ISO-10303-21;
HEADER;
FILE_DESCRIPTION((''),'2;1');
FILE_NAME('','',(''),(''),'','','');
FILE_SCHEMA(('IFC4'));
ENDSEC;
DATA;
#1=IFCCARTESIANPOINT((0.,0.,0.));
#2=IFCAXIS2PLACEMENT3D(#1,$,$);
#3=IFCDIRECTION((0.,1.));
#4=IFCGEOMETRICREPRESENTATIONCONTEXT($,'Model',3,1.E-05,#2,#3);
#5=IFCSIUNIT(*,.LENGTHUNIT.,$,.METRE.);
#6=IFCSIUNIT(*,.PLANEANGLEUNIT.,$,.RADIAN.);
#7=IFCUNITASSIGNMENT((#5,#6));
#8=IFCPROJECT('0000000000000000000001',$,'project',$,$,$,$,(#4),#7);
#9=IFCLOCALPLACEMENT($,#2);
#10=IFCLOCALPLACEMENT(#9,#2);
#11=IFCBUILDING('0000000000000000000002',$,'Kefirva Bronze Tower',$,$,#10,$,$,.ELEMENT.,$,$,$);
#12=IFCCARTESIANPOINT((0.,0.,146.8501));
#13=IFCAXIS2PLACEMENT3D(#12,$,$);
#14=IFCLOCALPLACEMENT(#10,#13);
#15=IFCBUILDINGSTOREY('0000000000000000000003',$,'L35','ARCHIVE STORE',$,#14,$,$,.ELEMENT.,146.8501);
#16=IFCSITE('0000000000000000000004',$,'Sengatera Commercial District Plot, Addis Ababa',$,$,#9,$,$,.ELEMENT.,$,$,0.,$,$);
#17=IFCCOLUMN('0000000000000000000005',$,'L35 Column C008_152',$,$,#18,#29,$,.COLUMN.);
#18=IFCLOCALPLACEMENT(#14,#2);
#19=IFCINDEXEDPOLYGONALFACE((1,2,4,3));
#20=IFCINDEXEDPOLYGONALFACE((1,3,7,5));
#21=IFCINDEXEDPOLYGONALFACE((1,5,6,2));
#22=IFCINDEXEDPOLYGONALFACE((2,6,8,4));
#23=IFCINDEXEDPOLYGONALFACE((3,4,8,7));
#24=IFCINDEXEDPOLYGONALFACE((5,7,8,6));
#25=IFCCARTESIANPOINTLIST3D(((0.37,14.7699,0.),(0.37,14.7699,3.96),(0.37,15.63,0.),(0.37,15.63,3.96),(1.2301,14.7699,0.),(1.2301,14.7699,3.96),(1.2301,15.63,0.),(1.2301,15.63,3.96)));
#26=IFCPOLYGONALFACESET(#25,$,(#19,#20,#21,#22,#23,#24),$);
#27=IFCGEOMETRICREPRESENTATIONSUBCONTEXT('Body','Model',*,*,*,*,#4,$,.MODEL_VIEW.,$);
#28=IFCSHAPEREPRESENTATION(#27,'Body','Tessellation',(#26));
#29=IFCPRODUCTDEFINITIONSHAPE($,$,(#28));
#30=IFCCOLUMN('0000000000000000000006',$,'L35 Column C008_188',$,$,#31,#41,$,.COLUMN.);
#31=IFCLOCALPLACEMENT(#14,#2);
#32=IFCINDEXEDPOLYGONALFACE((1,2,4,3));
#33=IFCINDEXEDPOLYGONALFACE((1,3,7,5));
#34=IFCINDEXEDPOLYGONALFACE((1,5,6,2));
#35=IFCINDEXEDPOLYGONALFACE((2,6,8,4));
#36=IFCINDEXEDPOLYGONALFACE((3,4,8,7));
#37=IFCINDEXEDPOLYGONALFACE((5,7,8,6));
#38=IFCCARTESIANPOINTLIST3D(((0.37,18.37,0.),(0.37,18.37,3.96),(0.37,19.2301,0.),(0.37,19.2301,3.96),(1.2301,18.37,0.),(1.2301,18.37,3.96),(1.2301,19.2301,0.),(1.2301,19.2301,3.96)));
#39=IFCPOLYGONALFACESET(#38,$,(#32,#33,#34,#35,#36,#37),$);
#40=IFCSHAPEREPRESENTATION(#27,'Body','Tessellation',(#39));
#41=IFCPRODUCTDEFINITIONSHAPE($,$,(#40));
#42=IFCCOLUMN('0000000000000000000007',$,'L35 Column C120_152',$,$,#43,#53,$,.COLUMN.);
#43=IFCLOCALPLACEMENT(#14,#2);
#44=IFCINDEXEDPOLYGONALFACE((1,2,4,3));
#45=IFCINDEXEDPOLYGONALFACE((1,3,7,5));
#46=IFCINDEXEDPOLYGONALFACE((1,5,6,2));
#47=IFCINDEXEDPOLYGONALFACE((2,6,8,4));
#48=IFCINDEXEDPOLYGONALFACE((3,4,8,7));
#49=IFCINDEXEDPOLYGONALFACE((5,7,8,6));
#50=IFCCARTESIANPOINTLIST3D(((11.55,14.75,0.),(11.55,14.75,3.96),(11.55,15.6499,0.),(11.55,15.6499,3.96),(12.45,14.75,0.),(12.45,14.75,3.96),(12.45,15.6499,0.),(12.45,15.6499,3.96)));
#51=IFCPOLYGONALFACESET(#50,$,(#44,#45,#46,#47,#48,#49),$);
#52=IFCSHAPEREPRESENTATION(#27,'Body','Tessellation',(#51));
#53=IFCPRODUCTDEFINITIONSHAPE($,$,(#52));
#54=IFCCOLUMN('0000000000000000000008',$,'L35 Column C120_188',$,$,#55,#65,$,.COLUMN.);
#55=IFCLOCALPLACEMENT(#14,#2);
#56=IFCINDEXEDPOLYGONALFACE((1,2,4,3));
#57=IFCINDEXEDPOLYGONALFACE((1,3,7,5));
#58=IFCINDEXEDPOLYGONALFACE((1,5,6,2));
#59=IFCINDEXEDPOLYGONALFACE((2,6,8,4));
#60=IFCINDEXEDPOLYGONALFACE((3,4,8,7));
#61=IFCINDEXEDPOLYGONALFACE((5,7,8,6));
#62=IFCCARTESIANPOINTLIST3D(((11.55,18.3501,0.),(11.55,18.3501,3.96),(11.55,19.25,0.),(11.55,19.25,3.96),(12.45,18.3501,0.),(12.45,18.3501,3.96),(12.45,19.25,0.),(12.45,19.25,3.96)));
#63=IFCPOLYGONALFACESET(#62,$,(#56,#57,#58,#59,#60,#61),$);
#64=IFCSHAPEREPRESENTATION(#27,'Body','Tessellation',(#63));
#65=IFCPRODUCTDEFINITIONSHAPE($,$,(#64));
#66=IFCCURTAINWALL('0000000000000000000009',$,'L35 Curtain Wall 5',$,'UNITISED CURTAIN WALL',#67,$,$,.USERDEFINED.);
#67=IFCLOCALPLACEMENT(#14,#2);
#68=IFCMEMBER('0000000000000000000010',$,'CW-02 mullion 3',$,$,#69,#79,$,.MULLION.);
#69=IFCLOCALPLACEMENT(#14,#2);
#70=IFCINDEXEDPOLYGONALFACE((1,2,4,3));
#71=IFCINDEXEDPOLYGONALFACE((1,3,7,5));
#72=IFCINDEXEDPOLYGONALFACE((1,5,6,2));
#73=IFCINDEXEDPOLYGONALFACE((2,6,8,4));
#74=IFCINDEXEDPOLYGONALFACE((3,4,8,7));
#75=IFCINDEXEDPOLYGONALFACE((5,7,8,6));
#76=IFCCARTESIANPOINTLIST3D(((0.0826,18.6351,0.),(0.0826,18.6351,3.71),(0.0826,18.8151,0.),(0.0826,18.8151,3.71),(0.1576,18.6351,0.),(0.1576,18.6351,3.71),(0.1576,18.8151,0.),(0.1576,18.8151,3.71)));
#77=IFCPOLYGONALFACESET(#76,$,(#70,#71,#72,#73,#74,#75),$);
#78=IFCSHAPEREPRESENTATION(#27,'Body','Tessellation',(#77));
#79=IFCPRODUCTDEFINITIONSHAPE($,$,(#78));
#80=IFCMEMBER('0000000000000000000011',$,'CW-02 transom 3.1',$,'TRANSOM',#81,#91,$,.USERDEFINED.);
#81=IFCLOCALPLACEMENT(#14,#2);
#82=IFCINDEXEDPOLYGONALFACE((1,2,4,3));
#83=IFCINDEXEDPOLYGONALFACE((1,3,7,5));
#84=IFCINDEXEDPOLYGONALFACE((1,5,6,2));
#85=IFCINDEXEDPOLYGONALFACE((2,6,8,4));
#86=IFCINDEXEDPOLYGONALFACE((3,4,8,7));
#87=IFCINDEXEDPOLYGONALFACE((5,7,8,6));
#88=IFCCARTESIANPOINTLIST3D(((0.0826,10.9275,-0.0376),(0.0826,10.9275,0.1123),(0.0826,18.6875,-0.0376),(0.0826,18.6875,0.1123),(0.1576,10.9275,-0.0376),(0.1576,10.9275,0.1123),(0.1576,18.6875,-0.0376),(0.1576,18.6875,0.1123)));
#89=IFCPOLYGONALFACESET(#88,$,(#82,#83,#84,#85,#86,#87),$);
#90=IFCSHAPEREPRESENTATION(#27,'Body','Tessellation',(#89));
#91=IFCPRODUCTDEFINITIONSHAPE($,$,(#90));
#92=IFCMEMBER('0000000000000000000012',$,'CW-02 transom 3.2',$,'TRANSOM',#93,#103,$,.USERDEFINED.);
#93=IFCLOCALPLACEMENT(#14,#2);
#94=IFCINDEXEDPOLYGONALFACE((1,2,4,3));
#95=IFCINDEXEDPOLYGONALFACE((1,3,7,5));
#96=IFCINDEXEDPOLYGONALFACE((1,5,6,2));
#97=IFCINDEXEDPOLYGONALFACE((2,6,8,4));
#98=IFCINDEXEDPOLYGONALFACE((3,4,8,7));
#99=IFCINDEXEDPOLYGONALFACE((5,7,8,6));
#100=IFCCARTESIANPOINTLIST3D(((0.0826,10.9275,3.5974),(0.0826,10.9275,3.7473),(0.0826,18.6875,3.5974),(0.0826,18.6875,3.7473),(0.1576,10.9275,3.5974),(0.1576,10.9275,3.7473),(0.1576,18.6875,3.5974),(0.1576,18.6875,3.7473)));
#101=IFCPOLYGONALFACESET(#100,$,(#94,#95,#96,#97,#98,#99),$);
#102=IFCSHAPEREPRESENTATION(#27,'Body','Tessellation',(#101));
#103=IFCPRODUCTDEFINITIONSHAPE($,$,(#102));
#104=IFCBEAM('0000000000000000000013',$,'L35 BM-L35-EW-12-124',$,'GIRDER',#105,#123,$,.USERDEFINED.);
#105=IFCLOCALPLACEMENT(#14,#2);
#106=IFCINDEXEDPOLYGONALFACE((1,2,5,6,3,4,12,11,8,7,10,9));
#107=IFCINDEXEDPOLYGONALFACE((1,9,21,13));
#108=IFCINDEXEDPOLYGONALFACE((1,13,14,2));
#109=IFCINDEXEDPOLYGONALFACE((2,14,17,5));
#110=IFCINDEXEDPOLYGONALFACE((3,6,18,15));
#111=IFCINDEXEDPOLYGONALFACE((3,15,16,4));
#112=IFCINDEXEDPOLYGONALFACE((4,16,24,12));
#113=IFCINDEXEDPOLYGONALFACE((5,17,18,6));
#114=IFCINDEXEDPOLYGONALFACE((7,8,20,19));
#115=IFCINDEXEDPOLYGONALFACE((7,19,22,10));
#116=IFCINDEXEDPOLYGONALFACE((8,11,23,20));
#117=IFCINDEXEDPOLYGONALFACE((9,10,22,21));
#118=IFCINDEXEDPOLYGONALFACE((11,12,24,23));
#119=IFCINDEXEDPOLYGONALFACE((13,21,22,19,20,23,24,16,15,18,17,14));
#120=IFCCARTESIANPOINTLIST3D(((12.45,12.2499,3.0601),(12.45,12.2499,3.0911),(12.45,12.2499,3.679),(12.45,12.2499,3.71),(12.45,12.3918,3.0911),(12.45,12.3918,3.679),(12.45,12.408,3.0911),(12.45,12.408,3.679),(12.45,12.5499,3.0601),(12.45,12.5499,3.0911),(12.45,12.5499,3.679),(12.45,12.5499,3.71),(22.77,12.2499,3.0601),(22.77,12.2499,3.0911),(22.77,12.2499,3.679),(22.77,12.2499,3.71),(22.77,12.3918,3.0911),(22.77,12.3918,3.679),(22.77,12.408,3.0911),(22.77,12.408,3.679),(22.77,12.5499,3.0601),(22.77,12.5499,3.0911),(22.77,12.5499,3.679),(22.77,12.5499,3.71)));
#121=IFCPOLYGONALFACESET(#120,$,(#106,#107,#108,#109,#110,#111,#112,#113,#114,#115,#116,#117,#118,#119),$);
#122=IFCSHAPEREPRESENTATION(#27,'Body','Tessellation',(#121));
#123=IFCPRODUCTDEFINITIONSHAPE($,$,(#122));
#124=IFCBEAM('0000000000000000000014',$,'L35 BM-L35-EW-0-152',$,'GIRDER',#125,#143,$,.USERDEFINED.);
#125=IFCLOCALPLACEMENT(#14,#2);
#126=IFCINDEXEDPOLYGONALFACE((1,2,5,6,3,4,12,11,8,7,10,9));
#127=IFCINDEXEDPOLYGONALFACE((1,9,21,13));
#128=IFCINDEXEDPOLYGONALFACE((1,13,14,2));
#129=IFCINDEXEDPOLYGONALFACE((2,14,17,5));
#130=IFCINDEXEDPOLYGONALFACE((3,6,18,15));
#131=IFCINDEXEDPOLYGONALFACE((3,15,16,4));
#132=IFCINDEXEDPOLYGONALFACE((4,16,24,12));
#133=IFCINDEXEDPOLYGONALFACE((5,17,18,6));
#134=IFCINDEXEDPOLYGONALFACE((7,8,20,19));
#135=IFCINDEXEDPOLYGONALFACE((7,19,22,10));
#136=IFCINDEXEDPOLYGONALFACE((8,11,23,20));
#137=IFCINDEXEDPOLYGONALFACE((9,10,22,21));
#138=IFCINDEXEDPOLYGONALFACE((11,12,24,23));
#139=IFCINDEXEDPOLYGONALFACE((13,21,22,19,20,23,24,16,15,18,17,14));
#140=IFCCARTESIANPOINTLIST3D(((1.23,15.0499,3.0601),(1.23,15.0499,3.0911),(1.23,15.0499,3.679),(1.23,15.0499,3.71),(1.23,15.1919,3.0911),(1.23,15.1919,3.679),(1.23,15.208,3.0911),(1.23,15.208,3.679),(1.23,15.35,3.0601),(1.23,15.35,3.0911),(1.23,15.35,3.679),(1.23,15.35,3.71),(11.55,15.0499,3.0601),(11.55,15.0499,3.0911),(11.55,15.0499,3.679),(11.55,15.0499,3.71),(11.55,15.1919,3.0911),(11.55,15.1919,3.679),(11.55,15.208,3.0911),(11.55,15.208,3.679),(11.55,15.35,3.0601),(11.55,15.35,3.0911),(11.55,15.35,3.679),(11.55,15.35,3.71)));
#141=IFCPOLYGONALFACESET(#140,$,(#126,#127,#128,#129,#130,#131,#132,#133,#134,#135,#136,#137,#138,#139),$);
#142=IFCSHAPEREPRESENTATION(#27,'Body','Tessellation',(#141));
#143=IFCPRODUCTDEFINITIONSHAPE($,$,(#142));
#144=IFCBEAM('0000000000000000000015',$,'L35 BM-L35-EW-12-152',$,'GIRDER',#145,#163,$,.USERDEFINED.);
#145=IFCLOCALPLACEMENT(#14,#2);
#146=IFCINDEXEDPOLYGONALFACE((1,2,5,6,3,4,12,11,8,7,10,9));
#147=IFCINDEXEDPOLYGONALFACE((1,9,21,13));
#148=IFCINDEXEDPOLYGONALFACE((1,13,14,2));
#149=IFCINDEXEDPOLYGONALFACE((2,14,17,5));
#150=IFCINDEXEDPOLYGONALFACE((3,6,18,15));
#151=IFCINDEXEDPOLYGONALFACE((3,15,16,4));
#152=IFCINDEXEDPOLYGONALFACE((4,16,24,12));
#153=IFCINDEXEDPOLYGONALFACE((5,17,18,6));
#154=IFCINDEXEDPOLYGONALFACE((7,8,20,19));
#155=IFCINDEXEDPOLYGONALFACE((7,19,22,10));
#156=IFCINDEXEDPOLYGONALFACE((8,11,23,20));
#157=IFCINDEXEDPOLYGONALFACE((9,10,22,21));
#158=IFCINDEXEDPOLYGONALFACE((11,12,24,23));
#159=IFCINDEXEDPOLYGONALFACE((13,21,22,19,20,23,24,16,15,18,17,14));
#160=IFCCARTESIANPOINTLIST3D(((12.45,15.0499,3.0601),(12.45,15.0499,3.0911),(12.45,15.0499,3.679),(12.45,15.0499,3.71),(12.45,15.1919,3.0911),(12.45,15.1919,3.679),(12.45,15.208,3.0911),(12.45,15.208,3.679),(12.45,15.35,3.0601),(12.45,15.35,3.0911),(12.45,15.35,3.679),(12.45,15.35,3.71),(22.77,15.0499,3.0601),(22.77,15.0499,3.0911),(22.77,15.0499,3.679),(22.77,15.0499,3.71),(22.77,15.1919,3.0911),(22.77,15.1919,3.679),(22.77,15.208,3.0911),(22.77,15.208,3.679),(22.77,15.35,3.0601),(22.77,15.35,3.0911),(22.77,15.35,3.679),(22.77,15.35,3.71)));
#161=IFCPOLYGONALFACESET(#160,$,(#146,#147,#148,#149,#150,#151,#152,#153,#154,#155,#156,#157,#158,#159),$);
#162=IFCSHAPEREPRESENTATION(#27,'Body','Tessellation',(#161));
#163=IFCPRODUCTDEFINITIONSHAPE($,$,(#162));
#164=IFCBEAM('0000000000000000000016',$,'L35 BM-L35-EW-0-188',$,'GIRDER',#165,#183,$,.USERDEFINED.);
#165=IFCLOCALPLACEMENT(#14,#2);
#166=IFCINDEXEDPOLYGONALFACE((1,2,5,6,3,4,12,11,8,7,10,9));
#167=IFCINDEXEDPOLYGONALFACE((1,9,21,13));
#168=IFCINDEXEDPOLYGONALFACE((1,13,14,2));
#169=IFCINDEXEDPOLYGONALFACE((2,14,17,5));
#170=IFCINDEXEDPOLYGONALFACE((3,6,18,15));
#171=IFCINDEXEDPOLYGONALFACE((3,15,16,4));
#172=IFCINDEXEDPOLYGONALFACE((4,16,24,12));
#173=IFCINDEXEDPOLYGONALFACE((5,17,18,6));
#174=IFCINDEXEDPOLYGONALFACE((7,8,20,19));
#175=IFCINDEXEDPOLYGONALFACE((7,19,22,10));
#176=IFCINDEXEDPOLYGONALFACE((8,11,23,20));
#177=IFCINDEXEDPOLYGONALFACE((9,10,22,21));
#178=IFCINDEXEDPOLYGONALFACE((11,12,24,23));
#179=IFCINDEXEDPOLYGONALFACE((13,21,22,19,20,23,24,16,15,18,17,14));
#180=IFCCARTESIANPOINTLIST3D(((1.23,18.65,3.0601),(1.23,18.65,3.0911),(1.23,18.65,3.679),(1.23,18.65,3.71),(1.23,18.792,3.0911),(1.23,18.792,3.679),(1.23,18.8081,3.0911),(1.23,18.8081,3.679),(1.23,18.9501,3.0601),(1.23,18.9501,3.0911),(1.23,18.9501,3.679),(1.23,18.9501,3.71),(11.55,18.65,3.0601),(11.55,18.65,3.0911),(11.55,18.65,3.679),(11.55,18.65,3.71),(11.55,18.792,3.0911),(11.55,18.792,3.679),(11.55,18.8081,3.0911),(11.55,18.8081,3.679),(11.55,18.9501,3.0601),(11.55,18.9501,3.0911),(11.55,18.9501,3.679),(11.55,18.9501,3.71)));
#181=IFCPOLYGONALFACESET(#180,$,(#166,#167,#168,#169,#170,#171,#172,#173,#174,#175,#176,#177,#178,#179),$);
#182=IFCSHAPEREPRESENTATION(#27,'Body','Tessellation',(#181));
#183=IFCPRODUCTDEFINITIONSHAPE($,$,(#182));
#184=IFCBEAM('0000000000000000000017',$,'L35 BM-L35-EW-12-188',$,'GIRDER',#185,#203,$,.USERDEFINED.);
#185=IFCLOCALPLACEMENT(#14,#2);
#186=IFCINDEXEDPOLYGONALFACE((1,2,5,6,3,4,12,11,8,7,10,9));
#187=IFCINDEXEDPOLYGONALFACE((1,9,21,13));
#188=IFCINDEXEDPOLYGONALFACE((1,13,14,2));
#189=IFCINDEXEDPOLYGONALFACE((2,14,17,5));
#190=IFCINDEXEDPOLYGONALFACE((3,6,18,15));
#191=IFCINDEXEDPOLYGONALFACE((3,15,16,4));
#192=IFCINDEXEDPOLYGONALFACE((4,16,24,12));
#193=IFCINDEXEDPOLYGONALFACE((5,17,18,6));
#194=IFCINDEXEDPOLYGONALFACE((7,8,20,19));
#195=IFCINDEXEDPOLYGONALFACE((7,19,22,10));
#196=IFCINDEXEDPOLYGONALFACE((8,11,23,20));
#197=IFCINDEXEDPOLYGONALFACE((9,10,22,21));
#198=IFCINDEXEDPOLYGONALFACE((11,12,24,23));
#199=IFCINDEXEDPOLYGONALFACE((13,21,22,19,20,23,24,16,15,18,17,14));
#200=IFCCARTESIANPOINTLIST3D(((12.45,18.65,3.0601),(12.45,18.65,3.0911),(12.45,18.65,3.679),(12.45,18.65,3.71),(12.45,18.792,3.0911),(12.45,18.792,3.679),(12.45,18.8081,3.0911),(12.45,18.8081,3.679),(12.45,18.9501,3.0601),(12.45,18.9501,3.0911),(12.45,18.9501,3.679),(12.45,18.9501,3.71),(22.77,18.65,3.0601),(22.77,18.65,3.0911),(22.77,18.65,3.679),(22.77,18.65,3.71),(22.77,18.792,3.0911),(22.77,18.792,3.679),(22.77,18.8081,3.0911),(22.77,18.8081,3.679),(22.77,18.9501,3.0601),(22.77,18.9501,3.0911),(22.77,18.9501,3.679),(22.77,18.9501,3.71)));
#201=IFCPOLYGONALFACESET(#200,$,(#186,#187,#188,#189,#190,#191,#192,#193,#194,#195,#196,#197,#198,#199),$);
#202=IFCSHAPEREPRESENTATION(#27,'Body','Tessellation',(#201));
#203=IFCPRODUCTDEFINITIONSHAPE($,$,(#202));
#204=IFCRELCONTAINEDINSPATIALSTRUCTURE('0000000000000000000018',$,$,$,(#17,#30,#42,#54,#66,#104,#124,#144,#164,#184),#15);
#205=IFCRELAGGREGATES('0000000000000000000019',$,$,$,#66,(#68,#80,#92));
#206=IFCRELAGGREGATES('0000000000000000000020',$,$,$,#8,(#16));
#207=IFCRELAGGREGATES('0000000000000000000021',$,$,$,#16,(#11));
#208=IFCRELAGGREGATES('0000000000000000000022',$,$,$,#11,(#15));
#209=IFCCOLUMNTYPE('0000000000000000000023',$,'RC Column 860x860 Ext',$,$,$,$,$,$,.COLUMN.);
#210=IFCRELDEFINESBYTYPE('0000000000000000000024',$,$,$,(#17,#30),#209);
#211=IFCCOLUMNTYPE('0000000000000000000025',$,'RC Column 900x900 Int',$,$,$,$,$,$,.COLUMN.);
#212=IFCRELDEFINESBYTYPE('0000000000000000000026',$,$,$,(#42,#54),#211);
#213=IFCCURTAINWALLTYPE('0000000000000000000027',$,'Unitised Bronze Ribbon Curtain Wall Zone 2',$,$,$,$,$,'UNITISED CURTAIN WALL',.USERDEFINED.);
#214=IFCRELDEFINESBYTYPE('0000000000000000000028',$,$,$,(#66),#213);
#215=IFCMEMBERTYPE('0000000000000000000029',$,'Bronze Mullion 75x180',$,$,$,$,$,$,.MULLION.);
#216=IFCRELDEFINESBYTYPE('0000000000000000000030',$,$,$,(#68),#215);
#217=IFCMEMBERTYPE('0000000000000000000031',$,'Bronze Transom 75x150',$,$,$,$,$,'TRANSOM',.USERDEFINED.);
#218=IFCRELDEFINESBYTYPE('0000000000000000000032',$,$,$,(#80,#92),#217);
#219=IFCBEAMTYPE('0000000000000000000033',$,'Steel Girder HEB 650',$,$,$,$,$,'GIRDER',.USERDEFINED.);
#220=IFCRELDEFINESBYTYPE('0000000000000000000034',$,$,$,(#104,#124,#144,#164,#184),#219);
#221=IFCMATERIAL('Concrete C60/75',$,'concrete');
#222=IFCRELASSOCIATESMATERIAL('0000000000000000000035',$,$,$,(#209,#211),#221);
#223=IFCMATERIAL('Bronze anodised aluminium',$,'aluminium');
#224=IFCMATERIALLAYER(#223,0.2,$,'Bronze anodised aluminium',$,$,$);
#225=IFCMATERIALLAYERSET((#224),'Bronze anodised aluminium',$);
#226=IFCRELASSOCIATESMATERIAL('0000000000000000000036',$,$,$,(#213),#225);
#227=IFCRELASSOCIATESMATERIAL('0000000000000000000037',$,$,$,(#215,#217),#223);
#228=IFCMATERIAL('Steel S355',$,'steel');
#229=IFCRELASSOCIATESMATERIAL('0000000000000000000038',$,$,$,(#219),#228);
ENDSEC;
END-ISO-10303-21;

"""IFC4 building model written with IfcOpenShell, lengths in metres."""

from ifc_helpers import new_model, si_unit, direction, frame, origin, origin_2d, place, context, subcontext, project, spatial, rectangle, i_section, extrude, material, layer, layer_set, material_profile, profile_set, type_object, element, aggregate, save


model = new_model("IFC4")

# Units and contexts
model_context = context("Model", 3, precision=1e-05, world=origin(), true_north=direction((0.0, 1.0)))
body_context = subcontext(model_context, "Body", "Model", "MODEL_VIEW")
ifc_project = project(units=[si_unit("LENGTHUNIT", "METRE"), si_unit("PLANEANGLEUNIT", "RADIAN")], contexts=[model_context])

# Site, building, storey
site_placement = place(None, origin())
site = spatial("IfcSite", under=ifc_project, at=site_placement, Name="Sengatera Commercial District Plot, Addis Ababa", CompositionType="ELEMENT", RefElevation=0.0)
building_placement = place(site_placement, origin())
building = spatial("IfcBuilding", under=site, at=building_placement, Name="Kefirva Bronze Tower", CompositionType="ELEMENT")
storey_placement = place(building_placement, frame((0.0, 0.0, 146.8501)))
storey = spatial("IfcBuildingStorey", under=building, at=storey_placement, Name="L35", Description="ARCHIVE STORE", CompositionType="ELEMENT", Elevation=146.8501)

# Columns
ifc_material_1 = material(Name="Concrete C60/75", Category="concrete")
ifc_material_profile_1 = material_profile(ifc_material_1, rectangle(XDim=0.8601, YDim=0.8601, at=origin_2d()), Name="RC 860x860")
ifc_profile_set_1 = profile_set([ifc_material_profile_1], Name="Concrete C60/75")
column_type_1 = type_object("IfcColumnType", Name="RC Column 860x860 Ext", PredefinedType="COLUMN", material=ifc_profile_set_1)
for number, where, z_axis, x_axis, name in (
    (1, (0.8, 15.2, 0.0), (0.0, 0.0, 1.0), (1.0, 0.0, 0.0), "L35 Column C008_152"),
    (2, (0.8, 18.8, 0.0), (0.0, 0.0, 1.0), (1.0, 0.0, 0.0), "L35 Column C008_188"),
):
    element("IfcColumn", number, at=place(storey_placement, frame(where, z_axis=z_axis, x_axis=x_axis)), inside=storey, type_object=column_type_1, Name=name, PredefinedType="COLUMN", context=body_context, shape_type="SweptSolid", body=[
        extrude(rectangle(XDim=0.8601, YDim=0.8601, at=origin_2d()), origin(), (0.0, 0.0, 1.0), 3.96),
    ])
ifc_material_profile_2 = material_profile(ifc_material_1, rectangle(XDim=0.8999, YDim=0.8999, at=origin_2d()), Name="RC 900x900")
ifc_profile_set_2 = profile_set([ifc_material_profile_2], Name="Concrete C60/75")
column_type_2 = type_object("IfcColumnType", Name="RC Column 900x900 Int", PredefinedType="COLUMN", material=ifc_profile_set_2)
for number, where, z_axis, x_axis, name in (
    (3, (12.0, 15.2, 0.0), (0.0, 0.0, 1.0), (1.0, 0.0, 0.0), "L35 Column C120_152"),
    (4, (12.0, 18.8, 0.0), (0.0, 0.0, 1.0), (1.0, 0.0, 0.0), "L35 Column C120_188"),
):
    element("IfcColumn", number, at=place(storey_placement, frame(where, z_axis=z_axis, x_axis=x_axis)), inside=storey, type_object=column_type_2, Name=name, PredefinedType="COLUMN", context=body_context, shape_type="SweptSolid", body=[
        extrude(rectangle(XDim=0.8999, YDim=0.8999, at=origin_2d()), origin(), (0.0, 0.0, 1.0), 3.96),
    ])

# Curtain wall, members
ifc_material_2 = material(Name="Bronze anodised aluminium", Category="aluminium")
ifc_layer_1 = layer(ifc_material_2, 0.2, Name="Bronze anodised aluminium")
ifc_layer_set_1 = layer_set([ifc_layer_1], Name="Bronze anodised aluminium")
curtain_wall_type = type_object("IfcCurtainWallType", Name="Unitised Bronze Ribbon Curtain Wall Zone 2", ElementType="UNITISED CURTAIN WALL", PredefinedType="USERDEFINED", material=ifc_layer_set_1)
curtain_wall_placement = place(storey_placement, origin())
curtain_wall = element("IfcCurtainWall", 5, at=curtain_wall_placement, inside=storey, type_object=curtain_wall_type, Name="L35 Curtain Wall 5", ObjectType="UNITISED CURTAIN WALL", PredefinedType="USERDEFINED")
ifc_material_profile_3 = material_profile(ifc_material_2, rectangle(XDim=0.075, YDim=0.1799, at=origin_2d()), Name="ALU 75x180")
ifc_profile_set_3 = profile_set([ifc_material_profile_3], Name="Bronze anodised aluminium")
member_type_1 = type_object("IfcMemberType", Name="Bronze Mullion 75x180", PredefinedType="MULLION", material=ifc_profile_set_3)
member_1_placement = place(storey_placement, frame((0.1201, 18.7251, 0.0), z_axis=(0.0, 0.0, 1.0), x_axis=(1.0, 0.0, 0.0)))
member_1 = element("IfcMember", 6, at=member_1_placement, type_object=member_type_1, Name="CW-02 mullion 3", PredefinedType="MULLION", context=body_context, shape_type="SweptSolid", body=[
    extrude(rectangle(XDim=0.075, YDim=0.1799, at=origin_2d()), origin(), (0.0, 0.0, 1.0), 3.71),
])
ifc_material_profile_4 = material_profile(ifc_material_2, rectangle(XDim=0.075, YDim=0.1499, at=origin_2d()), Name="ALU 75x150")
ifc_profile_set_4 = profile_set([ifc_material_profile_4], Name="Bronze anodised aluminium")
member_type_2 = type_object("IfcMemberType", Name="Bronze Transom 75x150", ElementType="TRANSOM", PredefinedType="USERDEFINED", material=ifc_profile_set_4)
member_2_placement = place(storey_placement, frame((0.1201, 18.6875, 0.0374), z_axis=(0.0, -1.0, 0.0), x_axis=(1.0, 0.0, 0.0)))
member_2 = element("IfcMember", 7, at=member_2_placement, type_object=member_type_2, Name="CW-02 transom 3.1", ObjectType="TRANSOM", PredefinedType="USERDEFINED", context=body_context, shape_type="SweptSolid", body=[
    extrude(rectangle(XDim=0.075, YDim=0.1499, at=origin_2d()), origin(), (0.0, 0.0, 1.0), 7.76),
])
member_3_placement = place(storey_placement, frame((0.1201, 18.6875, 3.6724), z_axis=(0.0, -1.0, 0.0), x_axis=(1.0, 0.0, 0.0)))
member_3 = element("IfcMember", 8, at=member_3_placement, type_object=member_type_2, Name="CW-02 transom 3.2", ObjectType="TRANSOM", PredefinedType="USERDEFINED", context=body_context, shape_type="SweptSolid", body=[
    extrude(rectangle(XDim=0.075, YDim=0.1499, at=origin_2d()), origin(), (0.0, 0.0, 1.0), 7.76),
])

# Beams
ifc_material_3 = material(Name="Steel S355", Category="steel")
ifc_material_profile_5 = material_profile(ifc_material_3, i_section(OverallWidth=0.3, OverallDepth=0.6499, WebThickness=0.0161, FlangeThickness=0.031, at=origin_2d()), Name="HEB 650")
ifc_profile_set_5 = profile_set([ifc_material_profile_5], Name="Steel S355")
beam_type_1 = type_object("IfcBeamType", Name="Steel Girder HEB 650", ElementType="GIRDER", PredefinedType="USERDEFINED", material=ifc_profile_set_5)
for number, where, z_axis, x_axis, name in (
    (9, (12.45, 12.3999, 3.385), (1.0, 0.0, 0.0), (0.0, 1.0, 0.0), "L35 BM-L35-EW-12-124"),
    (10, (1.23, 15.2, 3.385), (1.0, 0.0, 0.0), (0.0, 1.0, 0.0), "L35 BM-L35-EW-0-152"),
    (11, (12.45, 15.2, 3.385), (1.0, 0.0, 0.0), (0.0, 1.0, 0.0), "L35 BM-L35-EW-12-152"),
    (12, (1.23, 18.8, 3.385), (1.0, 0.0, 0.0), (0.0, 1.0, 0.0), "L35 BM-L35-EW-0-188"),
    (13, (12.45, 18.8, 3.385), (1.0, 0.0, 0.0), (0.0, 1.0, 0.0), "L35 BM-L35-EW-12-188"),
):
    element("IfcBeam", number, at=place(storey_placement, frame(where, z_axis=z_axis, x_axis=x_axis)), inside=storey, type_object=beam_type_1, Name=name, ObjectType="GIRDER", PredefinedType="USERDEFINED", context=body_context, shape_type="SweptSolid", body=[
        extrude(i_section(OverallWidth=0.3, OverallDepth=0.6499, WebThickness=0.0161, FlangeThickness=0.031, at=origin_2d()), origin(), (0.0, 0.0, 1.0), 10.3201),
    ])

aggregate(curtain_wall, [member_1, member_2, member_3])

save(model, "model.ifc")
